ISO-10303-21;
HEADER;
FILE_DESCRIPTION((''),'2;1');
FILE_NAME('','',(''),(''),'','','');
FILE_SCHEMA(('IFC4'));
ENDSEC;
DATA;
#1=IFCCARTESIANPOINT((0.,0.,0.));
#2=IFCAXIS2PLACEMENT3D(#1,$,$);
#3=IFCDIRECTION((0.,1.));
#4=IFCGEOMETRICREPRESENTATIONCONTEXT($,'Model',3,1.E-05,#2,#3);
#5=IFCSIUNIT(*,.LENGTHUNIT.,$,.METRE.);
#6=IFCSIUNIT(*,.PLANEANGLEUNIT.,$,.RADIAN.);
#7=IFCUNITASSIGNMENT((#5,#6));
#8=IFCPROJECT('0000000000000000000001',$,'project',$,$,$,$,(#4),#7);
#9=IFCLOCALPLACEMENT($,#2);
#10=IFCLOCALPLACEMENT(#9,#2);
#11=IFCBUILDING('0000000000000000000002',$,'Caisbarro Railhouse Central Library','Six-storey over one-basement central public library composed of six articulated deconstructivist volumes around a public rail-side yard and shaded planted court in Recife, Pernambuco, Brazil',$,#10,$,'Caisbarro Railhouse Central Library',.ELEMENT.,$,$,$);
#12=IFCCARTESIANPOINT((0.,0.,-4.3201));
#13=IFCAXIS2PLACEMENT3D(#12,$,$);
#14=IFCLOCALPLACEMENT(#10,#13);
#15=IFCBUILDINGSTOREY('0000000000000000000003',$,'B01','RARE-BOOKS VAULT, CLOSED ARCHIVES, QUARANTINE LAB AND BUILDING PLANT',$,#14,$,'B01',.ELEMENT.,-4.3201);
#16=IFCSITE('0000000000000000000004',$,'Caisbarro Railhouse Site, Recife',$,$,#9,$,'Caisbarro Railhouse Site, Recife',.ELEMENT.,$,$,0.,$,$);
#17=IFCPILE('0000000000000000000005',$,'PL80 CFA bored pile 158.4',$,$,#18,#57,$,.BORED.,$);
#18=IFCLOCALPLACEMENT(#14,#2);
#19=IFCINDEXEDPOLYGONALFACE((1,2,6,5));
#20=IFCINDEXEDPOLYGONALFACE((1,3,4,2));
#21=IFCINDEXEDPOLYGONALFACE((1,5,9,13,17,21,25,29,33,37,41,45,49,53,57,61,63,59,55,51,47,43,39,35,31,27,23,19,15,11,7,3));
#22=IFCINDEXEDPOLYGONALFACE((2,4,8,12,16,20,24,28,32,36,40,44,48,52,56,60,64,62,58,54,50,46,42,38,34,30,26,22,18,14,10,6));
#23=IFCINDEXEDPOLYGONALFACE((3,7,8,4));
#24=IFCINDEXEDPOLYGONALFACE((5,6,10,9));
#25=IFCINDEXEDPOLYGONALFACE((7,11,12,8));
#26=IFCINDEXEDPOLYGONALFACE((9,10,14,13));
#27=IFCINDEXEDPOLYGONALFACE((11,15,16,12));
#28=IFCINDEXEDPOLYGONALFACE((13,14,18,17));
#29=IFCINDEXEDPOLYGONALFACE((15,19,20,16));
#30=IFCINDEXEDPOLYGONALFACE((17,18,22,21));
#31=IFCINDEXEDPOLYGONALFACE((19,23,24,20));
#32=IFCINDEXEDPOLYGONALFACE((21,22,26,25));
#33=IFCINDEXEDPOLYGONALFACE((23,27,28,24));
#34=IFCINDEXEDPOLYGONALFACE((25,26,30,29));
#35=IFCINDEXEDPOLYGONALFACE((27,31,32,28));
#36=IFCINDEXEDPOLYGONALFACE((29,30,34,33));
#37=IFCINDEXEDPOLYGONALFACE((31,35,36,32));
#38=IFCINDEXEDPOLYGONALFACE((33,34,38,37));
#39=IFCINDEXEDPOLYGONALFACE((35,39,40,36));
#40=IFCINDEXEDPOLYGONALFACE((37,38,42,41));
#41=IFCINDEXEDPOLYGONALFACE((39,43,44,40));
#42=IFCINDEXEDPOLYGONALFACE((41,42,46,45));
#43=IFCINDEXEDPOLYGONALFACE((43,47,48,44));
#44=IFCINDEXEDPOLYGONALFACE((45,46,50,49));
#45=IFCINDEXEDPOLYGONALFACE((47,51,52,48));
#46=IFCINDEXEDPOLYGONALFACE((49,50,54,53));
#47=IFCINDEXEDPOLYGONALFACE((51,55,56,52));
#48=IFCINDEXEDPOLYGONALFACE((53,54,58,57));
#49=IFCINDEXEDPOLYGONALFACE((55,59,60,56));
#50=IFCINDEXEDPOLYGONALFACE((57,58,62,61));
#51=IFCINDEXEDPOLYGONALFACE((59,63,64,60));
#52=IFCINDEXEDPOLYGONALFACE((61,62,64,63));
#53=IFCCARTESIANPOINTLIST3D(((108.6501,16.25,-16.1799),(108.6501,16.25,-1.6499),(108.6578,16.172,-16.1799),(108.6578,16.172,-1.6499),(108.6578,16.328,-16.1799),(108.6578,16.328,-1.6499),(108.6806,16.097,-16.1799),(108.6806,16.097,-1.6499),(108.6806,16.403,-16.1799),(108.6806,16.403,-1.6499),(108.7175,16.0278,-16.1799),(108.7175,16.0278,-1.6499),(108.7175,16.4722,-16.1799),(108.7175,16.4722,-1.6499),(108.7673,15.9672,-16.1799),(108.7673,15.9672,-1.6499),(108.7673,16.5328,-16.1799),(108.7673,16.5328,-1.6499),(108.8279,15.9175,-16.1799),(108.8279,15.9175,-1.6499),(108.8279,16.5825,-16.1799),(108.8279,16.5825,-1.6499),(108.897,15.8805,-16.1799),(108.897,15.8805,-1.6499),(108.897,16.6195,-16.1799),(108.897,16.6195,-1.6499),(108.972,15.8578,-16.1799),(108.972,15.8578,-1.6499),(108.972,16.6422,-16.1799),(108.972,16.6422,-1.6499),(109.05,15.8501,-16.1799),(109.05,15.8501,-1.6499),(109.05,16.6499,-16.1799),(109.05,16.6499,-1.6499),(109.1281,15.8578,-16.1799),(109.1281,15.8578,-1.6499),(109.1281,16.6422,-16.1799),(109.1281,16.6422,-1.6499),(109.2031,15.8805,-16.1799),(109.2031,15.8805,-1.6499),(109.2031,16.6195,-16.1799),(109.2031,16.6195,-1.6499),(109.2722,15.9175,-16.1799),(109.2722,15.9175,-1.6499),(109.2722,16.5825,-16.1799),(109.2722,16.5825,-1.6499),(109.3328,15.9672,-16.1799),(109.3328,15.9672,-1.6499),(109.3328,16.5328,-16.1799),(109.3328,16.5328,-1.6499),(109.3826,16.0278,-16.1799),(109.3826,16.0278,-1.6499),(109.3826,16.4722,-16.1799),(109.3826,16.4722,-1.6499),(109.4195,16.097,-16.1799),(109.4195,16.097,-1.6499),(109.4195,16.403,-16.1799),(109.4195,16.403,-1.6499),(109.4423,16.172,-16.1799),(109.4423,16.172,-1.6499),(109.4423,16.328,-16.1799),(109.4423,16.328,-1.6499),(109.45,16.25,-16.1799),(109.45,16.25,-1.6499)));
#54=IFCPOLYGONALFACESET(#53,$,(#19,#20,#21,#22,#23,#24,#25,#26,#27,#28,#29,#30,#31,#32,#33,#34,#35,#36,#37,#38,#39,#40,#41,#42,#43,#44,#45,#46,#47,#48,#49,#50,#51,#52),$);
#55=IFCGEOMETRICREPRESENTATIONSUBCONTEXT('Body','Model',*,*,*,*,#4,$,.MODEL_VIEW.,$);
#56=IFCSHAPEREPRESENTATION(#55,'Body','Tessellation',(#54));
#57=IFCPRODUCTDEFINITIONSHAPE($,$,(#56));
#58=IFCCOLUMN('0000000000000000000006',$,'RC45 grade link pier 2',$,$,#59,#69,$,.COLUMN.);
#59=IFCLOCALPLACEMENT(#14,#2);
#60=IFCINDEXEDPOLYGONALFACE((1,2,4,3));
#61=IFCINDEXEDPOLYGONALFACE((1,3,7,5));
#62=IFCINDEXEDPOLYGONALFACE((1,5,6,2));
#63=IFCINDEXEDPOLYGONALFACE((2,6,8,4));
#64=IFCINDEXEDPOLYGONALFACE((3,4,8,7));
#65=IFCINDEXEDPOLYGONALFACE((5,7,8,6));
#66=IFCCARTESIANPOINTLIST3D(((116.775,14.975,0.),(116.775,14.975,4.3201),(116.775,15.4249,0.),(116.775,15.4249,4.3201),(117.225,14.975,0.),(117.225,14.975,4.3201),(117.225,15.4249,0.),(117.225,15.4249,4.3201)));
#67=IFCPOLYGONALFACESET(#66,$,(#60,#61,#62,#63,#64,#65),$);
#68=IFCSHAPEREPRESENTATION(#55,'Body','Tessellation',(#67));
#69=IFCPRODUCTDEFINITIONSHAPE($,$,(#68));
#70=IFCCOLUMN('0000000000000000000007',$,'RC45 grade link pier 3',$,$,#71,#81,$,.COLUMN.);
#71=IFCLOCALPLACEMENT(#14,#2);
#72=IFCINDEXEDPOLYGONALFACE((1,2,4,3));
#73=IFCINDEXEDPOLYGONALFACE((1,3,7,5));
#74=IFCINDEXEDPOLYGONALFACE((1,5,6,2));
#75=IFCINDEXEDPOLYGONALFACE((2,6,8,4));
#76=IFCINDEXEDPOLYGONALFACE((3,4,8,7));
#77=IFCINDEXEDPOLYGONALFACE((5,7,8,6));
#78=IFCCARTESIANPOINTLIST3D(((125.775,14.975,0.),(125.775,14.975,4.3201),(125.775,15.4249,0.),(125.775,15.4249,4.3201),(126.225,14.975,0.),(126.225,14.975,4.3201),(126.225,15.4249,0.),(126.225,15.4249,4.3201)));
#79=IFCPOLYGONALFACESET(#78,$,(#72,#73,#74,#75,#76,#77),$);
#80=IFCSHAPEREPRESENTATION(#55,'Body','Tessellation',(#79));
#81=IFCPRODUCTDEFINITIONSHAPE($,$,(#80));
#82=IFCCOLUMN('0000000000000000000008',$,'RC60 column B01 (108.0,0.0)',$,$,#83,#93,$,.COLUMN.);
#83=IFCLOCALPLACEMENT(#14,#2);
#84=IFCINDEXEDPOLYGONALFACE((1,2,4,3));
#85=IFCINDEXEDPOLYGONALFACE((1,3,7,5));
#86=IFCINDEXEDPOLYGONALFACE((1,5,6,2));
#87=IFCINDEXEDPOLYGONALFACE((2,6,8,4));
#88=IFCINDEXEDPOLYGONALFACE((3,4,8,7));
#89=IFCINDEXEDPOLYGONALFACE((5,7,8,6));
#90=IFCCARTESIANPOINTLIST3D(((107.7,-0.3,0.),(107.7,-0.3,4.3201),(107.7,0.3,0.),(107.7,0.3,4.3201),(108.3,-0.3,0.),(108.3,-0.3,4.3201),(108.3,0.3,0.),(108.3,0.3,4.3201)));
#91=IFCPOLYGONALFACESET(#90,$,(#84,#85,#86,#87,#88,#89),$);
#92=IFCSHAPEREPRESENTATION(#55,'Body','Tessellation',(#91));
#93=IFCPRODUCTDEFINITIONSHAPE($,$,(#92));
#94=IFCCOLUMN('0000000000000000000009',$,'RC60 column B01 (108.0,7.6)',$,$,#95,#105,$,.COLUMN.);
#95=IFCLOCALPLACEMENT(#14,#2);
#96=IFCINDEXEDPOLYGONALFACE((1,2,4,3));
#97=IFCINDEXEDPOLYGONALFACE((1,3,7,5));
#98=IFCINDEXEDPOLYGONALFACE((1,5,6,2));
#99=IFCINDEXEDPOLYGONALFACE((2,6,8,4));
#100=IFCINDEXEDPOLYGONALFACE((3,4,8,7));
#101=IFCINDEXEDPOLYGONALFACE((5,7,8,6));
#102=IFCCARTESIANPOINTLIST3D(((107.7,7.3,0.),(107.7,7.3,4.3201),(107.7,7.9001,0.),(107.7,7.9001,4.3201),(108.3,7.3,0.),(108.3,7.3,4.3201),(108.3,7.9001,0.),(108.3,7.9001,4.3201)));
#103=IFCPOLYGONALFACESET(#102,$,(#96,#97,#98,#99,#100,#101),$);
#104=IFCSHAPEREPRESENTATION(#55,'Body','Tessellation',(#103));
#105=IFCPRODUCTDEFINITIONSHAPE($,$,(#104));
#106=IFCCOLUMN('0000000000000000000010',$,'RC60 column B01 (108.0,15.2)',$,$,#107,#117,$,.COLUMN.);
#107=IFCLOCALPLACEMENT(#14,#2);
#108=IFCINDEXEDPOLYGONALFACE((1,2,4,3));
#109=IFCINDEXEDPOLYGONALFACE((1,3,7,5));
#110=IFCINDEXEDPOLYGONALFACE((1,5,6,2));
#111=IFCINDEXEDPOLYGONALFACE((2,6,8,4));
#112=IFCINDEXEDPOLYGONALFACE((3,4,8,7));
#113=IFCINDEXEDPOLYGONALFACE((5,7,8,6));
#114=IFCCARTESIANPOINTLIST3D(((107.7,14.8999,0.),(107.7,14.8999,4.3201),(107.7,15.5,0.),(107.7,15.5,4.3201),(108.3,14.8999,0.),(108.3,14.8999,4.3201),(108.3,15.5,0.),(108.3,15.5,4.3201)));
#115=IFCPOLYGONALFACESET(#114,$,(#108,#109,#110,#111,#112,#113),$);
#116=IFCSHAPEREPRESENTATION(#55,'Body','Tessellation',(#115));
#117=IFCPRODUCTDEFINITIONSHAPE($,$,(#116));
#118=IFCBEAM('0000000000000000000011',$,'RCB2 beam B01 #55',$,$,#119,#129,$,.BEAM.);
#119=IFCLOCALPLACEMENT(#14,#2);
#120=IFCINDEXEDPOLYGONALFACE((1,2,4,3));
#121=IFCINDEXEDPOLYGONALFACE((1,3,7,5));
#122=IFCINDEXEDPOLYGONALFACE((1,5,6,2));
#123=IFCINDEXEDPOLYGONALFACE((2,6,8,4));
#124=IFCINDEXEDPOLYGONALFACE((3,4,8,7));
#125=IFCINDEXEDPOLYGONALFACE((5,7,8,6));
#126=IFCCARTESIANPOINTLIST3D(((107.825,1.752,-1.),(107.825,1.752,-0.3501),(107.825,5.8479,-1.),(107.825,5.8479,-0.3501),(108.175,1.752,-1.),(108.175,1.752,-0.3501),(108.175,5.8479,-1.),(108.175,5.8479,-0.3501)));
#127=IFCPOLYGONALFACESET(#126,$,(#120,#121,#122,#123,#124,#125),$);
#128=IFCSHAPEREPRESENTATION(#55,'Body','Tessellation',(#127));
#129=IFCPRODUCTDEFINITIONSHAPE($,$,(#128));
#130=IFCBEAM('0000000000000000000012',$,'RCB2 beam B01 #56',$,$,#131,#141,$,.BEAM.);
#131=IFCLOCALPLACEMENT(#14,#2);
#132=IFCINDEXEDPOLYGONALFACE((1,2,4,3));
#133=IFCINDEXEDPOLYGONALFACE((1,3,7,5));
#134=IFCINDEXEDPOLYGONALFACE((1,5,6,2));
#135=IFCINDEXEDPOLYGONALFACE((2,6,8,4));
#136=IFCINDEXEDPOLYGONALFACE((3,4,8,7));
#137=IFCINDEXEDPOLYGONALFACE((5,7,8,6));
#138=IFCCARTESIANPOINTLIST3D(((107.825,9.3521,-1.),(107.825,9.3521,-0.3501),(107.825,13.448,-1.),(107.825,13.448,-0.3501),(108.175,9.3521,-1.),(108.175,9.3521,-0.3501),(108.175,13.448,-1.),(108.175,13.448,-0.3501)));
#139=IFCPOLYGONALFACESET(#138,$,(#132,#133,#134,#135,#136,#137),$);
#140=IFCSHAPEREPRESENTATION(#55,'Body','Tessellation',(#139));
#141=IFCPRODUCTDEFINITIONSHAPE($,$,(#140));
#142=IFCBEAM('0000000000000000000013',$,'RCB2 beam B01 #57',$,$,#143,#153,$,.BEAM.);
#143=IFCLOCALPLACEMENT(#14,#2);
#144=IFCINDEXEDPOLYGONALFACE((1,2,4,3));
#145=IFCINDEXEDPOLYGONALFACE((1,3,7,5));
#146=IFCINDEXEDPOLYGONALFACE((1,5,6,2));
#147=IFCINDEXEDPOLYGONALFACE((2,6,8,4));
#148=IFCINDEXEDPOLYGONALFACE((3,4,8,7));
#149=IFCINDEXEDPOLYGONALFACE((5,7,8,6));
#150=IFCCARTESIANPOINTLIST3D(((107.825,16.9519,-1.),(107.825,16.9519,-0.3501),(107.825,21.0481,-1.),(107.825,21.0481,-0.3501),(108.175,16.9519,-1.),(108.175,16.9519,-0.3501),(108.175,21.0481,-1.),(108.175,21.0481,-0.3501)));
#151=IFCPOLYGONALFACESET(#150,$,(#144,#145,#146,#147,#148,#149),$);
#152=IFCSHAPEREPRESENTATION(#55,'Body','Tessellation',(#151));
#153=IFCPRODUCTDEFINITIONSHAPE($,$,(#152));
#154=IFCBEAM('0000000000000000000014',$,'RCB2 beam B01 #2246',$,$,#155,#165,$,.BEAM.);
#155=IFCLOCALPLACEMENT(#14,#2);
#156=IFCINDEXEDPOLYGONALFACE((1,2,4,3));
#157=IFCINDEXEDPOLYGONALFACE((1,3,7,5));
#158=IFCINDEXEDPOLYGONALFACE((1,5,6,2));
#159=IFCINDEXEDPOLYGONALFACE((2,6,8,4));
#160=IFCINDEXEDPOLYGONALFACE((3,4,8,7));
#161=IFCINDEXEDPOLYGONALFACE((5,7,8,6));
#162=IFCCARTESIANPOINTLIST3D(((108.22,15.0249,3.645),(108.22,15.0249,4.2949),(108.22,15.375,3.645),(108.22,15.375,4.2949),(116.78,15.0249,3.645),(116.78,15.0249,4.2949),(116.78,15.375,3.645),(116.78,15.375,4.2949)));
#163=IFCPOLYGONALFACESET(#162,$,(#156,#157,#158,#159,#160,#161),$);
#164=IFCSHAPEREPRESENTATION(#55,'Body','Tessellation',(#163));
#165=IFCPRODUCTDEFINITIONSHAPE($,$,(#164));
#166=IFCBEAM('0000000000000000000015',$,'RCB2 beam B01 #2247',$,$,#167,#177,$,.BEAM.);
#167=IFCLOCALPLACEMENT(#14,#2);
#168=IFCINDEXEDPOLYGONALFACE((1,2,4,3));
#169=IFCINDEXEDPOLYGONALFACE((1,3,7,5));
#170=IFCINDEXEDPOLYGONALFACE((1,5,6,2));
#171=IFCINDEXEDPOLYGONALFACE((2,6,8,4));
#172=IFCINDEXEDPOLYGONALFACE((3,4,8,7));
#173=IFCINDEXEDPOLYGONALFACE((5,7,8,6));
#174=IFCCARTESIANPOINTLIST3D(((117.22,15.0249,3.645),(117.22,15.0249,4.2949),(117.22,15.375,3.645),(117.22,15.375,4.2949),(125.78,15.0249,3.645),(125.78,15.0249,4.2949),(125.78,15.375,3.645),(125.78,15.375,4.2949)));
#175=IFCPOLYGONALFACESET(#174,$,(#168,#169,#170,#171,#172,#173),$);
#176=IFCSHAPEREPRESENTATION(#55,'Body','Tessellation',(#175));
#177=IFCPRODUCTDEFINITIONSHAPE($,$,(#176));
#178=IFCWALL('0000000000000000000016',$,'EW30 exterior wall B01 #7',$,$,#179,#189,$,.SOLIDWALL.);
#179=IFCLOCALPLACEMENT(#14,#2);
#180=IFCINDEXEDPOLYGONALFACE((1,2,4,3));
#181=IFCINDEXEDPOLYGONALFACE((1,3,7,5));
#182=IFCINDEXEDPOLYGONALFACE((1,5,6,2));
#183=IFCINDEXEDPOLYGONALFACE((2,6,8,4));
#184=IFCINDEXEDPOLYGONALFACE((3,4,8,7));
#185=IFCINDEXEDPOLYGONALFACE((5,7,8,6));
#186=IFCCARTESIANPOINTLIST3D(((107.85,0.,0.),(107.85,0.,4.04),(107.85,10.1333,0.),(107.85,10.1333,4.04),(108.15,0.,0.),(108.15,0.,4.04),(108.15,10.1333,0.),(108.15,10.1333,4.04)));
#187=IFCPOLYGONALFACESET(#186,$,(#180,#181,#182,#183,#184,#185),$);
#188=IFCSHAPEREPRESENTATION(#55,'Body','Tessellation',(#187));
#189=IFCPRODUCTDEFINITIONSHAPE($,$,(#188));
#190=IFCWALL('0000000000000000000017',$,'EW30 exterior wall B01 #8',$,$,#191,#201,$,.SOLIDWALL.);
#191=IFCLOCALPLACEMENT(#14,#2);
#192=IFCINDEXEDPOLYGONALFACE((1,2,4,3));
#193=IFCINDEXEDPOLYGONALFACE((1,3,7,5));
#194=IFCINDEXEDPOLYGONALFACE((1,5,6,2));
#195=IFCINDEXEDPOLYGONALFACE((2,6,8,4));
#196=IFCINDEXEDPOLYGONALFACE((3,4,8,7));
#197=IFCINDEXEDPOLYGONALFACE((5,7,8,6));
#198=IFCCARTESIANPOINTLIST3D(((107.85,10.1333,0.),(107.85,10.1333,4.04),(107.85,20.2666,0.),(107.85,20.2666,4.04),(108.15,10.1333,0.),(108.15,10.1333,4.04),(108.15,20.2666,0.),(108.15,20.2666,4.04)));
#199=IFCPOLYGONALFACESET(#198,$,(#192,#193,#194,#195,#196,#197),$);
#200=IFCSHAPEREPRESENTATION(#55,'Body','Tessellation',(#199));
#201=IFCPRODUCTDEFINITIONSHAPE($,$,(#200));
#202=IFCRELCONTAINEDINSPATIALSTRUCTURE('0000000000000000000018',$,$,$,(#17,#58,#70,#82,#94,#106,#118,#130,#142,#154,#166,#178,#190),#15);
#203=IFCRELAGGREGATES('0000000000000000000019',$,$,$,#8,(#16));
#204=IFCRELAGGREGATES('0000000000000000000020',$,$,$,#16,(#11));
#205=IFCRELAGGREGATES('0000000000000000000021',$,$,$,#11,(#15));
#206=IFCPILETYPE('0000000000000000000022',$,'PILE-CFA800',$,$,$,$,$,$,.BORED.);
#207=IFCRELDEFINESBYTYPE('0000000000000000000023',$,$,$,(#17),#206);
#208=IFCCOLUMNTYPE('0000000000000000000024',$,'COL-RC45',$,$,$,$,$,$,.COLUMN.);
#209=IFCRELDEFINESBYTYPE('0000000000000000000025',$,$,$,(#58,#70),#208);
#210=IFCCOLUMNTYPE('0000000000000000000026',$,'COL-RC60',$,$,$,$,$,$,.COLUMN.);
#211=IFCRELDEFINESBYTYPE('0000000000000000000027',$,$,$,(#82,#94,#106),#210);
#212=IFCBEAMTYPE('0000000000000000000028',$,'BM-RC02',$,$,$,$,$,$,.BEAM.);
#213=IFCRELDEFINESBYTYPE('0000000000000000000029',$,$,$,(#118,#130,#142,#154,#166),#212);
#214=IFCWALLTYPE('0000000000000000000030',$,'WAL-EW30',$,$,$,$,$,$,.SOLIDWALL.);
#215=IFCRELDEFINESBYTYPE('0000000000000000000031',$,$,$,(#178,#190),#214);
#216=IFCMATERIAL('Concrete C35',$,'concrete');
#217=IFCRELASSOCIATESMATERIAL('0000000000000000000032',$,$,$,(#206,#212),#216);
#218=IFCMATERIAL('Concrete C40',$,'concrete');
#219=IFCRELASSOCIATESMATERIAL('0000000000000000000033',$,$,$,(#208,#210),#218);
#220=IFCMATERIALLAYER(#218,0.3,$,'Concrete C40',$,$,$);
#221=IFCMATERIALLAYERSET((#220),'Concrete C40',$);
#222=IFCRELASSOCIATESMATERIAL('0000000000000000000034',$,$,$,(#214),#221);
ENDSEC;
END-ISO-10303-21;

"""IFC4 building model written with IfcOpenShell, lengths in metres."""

from ifc_helpers import new_model, si_unit, direction, frame, frame_2d, origin, origin_2d, place, context, subcontext, project, spatial, rectangle, circle, extrude, material, layer, layer_set, material_profile, profile_set, type_object, element, save


model = new_model("IFC4")

# Units and contexts
model_context = context("Model", 3, precision=1e-05, world=origin(), true_north=direction((0.0, 1.0)))
body_context = subcontext(model_context, "Body", "Model", "MODEL_VIEW")
ifc_project = project(units=[si_unit("LENGTHUNIT", "METRE"), si_unit("PLANEANGLEUNIT", "RADIAN")], contexts=[model_context])

# Site, building, storey
site_placement = place(None, origin())
site = spatial("IfcSite", under=ifc_project, at=site_placement, Name="Caisbarro Railhouse Site, Recife", LongName="Caisbarro Railhouse Site, Recife", CompositionType="ELEMENT", RefElevation=0.0)
building_placement = place(site_placement, origin())
building = spatial("IfcBuilding", under=site, at=building_placement, Name="Caisbarro Railhouse Central Library", Description="Six-storey over one-basement central public library composed of six articulated deconstructivist volumes around a public rail-side yard and shaded planted court in Recife, Pernambuco, Brazil", LongName="Caisbarro Railhouse Central Library", CompositionType="ELEMENT")
storey_placement = place(building_placement, frame((0.0, 0.0, -4.3201)))
storey = spatial("IfcBuildingStorey", under=building, at=storey_placement, Name="B01", Description="RARE-BOOKS VAULT, CLOSED ARCHIVES, QUARANTINE LAB AND BUILDING PLANT", LongName="B01", CompositionType="ELEMENT", Elevation=-4.3201)

# Shared definitions
ifc_material_1 = material(Name="Concrete C40", Category="concrete")

# Pile
ifc_material_2 = material(Name="Concrete C35", Category="concrete")
ifc_material_profile_1 = material_profile(ifc_material_2, circle(Radius=0.3999, at=origin_2d()), Name="PILE-CFA-800")
ifc_profile_set_1 = profile_set([ifc_material_profile_1], Name="Concrete C35")
pile_type_1 = type_object("IfcPileType", Name="PILE-CFA800", PredefinedType="BORED", material=ifc_profile_set_1)
for number, where, z_axis, x_axis, name in (
    (1, (109.05, 16.25, -1.6499), (0.0, 0.0, -1.0), (1.0, 0.0, 0.0), "PL80 CFA bored pile 158.4"),
):
    element("IfcPile", number, at=place(storey_placement, frame(where, z_axis=z_axis, x_axis=x_axis)), inside=storey, type_object=pile_type_1, Name=name, PredefinedType="BORED", context=body_context, shape_type="SweptSolid", body=[
        extrude(circle(Radius=0.3999, at=origin_2d()), origin(), (0.0, 0.0, 1.0), 14.53),
    ])

# Columns
ifc_material_profile_2 = material_profile(ifc_material_1, rectangle(XDim=0.45, YDim=0.45, at=origin_2d()), Name="RC-COL-450X450")
ifc_profile_set_2 = profile_set([ifc_material_profile_2], Name="Concrete C40")
column_type_1 = type_object("IfcColumnType", Name="COL-RC45", PredefinedType="COLUMN", material=ifc_profile_set_2)
for number, where, z_axis, x_axis, name in (
    (2, (117.0, 15.2, 0.0), (0.0, 0.0, 1.0), (1.0, 0.0, 0.0), "RC45 grade link pier 2"),
    (3, (126.0, 15.2, 0.0), (0.0, 0.0, 1.0), (1.0, 0.0, 0.0), "RC45 grade link pier 3"),
):
    element("IfcColumn", number, at=place(storey_placement, frame(where, z_axis=z_axis, x_axis=x_axis)), inside=storey, type_object=column_type_1, Name=name, PredefinedType="COLUMN", context=body_context, shape_type="SweptSolid", body=[
        extrude(rectangle(XDim=0.45, YDim=0.45, at=origin_2d()), origin(), (0.0, 0.0, 1.0), 4.3201),
    ])
ifc_material_profile_3 = material_profile(ifc_material_1, rectangle(XDim=0.6001, YDim=0.6001, at=origin_2d()), Name="RC-COL-600X600")
ifc_profile_set_3 = profile_set([ifc_material_profile_3], Name="Concrete C40")
column_type_2 = type_object("IfcColumnType", Name="COL-RC60", PredefinedType="COLUMN", material=ifc_profile_set_3)
for number, where, z_axis, x_axis, name in (
    (4, (108.0, 0.0, 0.0), (0.0, 0.0, 1.0), (1.0, 0.0, 0.0), "RC60 column B01 (108.0,0.0)"),
    (5, (108.0, 7.6001, 0.0), (0.0, 0.0, 1.0), (1.0, 0.0, 0.0), "RC60 column B01 (108.0,7.6)"),
    (6, (108.0, 15.2, 0.0), (0.0, 0.0, 1.0), (1.0, 0.0, 0.0), "RC60 column B01 (108.0,15.2)"),
):
    element("IfcColumn", number, at=place(storey_placement, frame(where, z_axis=z_axis, x_axis=x_axis)), inside=storey, type_object=column_type_2, Name=name, PredefinedType="COLUMN", context=body_context, shape_type="SweptSolid", body=[
        extrude(rectangle(XDim=0.6001, YDim=0.6001, at=origin_2d()), origin(), (0.0, 0.0, 1.0), 4.3201),
    ])

# Beams
ifc_material_profile_4 = material_profile(ifc_material_2, rectangle(XDim=0.3501, YDim=0.6499, at=origin_2d()), Name="RC-BM-350X650")
ifc_profile_set_4 = profile_set([ifc_material_profile_4], Name="Concrete C35")
beam_type = type_object("IfcBeamType", Name="BM-RC02", PredefinedType="BEAM", material=ifc_profile_set_4)
for number, where, z_axis, x_axis, name in (
    (7, (108.0, 1.752, -0.675), (0.0, 1.0, 0.0), (-1.0, 0.0, 0.0), "RCB2 beam B01 #55"),
    (8, (108.0, 9.3521, -0.675), (0.0, 1.0, 0.0), (-1.0, 0.0, 0.0), "RCB2 beam B01 #56"),
):
    element("IfcBeam", number, at=place(storey_placement, frame(where, z_axis=z_axis, x_axis=x_axis)), inside=storey, type_object=beam_type, Name=name, PredefinedType="BEAM", context=body_context, shape_type="SweptSolid", body=[
        extrude(rectangle(XDim=0.3501, YDim=0.6499, at=origin_2d()), origin(), (0.0, 0.0, 1.0), 4.0959),
    ])
beam_placement = place(storey_placement, frame((108.0, 16.9519, -0.675), z_axis=(0.0, 1.0, 0.0), x_axis=(-1.0, 0.0, 0.0)))
element("IfcBeam", 9, at=beam_placement, inside=storey, type_object=beam_type, Name="RCB2 beam B01 #57", PredefinedType="BEAM", context=body_context, shape_type="SweptSolid", body=[
    extrude(rectangle(XDim=0.3501, YDim=0.6499, at=origin_2d()), origin(), (0.0, 0.0, 1.0), 4.0962),
])
for number, where, z_axis, x_axis, name in (
    (10, (108.22, 15.2, 3.97), (1.0, 0.0, 0.0), (0.0, 1.0, 0.0), "RCB2 beam B01 #2246"),
    (11, (117.22, 15.2, 3.97), (1.0, 0.0, 0.0), (0.0, 1.0, 0.0), "RCB2 beam B01 #2247"),
):
    element("IfcBeam", number, at=place(storey_placement, frame(where, z_axis=z_axis, x_axis=x_axis)), inside=storey, type_object=beam_type, Name=name, PredefinedType="BEAM", context=body_context, shape_type="SweptSolid", body=[
        extrude(rectangle(XDim=0.3501, YDim=0.6499, at=origin_2d()), origin(), (0.0, 0.0, 1.0), 8.5601),
    ])

# Walls
ifc_layer_1 = layer(ifc_material_1, 0.3, Name="Concrete C40")
ifc_layer_set_1 = layer_set([ifc_layer_1], Name="Concrete C40")
wall_type = type_object("IfcWallType", Name="WAL-EW30", PredefinedType="SOLIDWALL", material=ifc_layer_set_1)
for number, where, z_axis, x_axis, name in (
    (12, (108.0, 0.0, 0.0), (0.0, 0.0, 1.0), (0.0, 1.0, 0.0), "EW30 exterior wall B01 #7"),
    (13, (108.0, 10.1333, 0.0), (0.0, 0.0, 1.0), (0.0, 1.0, 0.0), "EW30 exterior wall B01 #8"),
):
    element("IfcWall", number, at=place(storey_placement, frame(where, z_axis=z_axis, x_axis=x_axis)), inside=storey, type_object=wall_type, Name=name, PredefinedType="SOLIDWALL", context=body_context, shape_type="SweptSolid", body=[
        extrude(rectangle(XDim=10.1333, YDim=0.3, at=frame_2d((5.0667, 0.0))), origin(), (0.0, 0.0, 1.0), 4.04),
    ])

save(model, "model.ifc")
